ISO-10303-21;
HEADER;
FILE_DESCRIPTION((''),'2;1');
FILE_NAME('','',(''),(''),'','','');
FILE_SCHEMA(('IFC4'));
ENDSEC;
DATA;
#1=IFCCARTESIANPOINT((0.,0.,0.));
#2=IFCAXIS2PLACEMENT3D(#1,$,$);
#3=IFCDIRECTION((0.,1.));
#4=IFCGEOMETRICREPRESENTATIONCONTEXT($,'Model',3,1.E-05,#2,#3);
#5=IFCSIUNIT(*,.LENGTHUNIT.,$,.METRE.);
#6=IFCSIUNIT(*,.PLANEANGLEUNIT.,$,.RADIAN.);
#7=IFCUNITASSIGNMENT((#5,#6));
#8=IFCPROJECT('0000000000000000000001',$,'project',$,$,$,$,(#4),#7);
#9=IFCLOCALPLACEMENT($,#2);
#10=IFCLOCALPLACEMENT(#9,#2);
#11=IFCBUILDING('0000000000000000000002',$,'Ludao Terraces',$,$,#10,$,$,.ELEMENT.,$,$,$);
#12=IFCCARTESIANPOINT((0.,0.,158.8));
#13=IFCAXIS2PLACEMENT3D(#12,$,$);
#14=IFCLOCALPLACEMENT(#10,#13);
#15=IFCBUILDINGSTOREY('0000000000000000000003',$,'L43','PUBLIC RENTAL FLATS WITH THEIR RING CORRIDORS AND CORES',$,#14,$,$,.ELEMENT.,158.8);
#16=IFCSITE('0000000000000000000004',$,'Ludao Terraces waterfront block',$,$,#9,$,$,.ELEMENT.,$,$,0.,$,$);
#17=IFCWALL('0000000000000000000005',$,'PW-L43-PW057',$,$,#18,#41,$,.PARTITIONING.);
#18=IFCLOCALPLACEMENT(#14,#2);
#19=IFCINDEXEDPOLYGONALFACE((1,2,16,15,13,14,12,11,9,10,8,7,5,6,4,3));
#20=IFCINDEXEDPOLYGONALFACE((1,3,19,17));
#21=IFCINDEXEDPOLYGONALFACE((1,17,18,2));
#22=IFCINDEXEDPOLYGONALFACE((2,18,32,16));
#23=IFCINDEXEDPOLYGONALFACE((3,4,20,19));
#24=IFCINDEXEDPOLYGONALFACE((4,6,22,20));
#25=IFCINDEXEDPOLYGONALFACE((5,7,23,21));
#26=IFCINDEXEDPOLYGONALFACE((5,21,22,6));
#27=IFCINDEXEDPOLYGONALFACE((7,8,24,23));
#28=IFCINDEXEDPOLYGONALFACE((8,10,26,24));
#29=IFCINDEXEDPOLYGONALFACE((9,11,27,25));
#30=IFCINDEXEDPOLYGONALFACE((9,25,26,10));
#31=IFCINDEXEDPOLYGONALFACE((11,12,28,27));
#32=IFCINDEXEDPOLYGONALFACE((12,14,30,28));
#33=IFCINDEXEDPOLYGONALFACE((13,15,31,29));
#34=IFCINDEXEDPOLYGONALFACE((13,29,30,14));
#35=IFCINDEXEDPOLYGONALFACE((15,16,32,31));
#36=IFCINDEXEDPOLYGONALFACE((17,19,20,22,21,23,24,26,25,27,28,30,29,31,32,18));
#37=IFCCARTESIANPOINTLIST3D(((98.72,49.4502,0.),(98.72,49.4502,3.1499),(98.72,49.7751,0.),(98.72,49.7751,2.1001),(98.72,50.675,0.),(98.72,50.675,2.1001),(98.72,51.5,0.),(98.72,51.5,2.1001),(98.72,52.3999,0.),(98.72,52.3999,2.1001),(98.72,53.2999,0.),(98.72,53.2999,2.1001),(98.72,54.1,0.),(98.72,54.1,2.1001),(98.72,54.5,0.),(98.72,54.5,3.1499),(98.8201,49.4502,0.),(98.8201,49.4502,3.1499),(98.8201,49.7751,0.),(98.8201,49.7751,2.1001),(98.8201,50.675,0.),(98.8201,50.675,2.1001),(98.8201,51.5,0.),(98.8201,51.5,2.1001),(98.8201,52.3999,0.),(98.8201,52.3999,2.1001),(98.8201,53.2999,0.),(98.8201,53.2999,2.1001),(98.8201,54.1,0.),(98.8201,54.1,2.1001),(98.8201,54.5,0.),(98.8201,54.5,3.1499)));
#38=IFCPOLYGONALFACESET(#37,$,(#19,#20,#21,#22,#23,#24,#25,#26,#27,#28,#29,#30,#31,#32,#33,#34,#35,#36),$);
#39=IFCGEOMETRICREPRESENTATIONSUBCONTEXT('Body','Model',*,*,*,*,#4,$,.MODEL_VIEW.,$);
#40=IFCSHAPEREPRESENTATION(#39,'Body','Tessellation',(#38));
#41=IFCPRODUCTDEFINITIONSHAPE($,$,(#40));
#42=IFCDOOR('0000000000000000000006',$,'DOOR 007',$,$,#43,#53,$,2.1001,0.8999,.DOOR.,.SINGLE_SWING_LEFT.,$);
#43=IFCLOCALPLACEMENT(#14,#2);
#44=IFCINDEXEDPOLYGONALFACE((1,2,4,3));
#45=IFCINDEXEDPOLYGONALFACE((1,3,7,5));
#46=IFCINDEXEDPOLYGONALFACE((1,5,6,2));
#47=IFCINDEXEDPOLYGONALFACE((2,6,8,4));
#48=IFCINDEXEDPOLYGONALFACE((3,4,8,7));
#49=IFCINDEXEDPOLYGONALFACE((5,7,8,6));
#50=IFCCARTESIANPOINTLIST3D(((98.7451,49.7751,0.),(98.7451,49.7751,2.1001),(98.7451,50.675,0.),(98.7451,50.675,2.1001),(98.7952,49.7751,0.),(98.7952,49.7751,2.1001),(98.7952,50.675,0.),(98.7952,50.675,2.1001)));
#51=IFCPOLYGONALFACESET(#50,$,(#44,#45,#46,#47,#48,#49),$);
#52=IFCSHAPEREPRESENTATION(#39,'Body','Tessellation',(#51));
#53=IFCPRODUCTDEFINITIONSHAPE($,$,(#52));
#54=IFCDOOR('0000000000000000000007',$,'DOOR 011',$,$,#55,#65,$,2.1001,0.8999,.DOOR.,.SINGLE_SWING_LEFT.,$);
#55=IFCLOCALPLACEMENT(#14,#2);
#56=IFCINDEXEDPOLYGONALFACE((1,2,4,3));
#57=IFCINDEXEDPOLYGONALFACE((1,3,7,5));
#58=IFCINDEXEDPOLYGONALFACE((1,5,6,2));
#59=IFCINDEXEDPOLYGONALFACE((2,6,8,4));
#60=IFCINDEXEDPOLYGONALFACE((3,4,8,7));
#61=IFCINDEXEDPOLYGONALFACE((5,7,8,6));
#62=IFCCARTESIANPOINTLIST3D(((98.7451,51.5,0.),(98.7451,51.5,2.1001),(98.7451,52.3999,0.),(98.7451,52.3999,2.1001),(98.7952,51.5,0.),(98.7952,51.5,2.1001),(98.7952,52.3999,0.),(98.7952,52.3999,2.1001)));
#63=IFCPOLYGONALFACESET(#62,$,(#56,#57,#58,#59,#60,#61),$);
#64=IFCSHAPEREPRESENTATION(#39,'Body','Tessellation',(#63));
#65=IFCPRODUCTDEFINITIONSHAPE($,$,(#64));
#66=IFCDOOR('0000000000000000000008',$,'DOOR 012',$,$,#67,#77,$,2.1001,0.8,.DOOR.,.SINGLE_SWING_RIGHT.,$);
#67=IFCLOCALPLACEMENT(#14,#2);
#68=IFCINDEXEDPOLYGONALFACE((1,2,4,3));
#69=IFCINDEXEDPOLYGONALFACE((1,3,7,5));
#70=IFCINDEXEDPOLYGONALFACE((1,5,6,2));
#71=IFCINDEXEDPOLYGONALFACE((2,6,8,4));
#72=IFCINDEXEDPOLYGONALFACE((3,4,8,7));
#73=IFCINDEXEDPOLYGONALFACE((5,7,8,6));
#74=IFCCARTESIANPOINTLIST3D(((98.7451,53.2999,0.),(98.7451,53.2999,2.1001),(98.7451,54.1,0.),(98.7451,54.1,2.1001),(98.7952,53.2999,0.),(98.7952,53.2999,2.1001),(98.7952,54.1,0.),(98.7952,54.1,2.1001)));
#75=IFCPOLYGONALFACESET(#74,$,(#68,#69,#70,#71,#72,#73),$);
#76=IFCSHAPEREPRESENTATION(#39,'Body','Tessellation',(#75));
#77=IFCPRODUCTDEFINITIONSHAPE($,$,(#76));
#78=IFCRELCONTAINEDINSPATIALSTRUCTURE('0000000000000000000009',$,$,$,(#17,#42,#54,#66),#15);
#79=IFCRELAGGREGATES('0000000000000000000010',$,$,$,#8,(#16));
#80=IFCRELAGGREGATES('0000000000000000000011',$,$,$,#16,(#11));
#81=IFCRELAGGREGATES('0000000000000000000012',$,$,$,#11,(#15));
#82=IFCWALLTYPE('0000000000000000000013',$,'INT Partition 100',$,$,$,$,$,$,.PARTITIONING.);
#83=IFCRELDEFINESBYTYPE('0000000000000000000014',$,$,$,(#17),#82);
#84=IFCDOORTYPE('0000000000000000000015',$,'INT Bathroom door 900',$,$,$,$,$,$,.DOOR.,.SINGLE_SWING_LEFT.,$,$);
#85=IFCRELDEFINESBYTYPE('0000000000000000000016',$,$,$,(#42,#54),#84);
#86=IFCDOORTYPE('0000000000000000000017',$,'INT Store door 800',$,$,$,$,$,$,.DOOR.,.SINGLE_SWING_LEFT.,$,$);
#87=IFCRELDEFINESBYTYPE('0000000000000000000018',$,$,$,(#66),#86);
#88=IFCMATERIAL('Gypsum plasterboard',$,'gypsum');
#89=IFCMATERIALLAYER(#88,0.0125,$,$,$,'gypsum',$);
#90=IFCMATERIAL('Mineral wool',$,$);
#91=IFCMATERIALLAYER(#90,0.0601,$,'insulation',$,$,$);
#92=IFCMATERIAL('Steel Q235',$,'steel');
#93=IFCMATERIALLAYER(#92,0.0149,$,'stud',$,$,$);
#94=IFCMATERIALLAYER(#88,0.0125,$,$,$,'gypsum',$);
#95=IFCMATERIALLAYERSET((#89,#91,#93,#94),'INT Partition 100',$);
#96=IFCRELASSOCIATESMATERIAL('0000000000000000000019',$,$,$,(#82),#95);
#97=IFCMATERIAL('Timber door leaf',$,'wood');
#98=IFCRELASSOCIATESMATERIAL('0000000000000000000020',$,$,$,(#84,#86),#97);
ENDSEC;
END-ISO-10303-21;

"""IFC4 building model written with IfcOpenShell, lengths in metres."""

from ifc_helpers import new_model, si_unit, direction, frame, frame_2d, origin, place, context, subcontext, project, spatial, rectangle, extrude, material, layer, layer_set, type_object, element, fill, save


model = new_model("IFC4")

# Units and contexts
model_context = context("Model", 3, precision=1e-05, world=origin(), true_north=direction((0.0, 1.0)))
body_context = subcontext(model_context, "Body", "Model", "MODEL_VIEW")
ifc_project = project(units=[si_unit("LENGTHUNIT", "METRE"), si_unit("PLANEANGLEUNIT", "RADIAN")], contexts=[model_context])

# Site, building, storey
site_placement = place(None, origin())
site = spatial("IfcSite", under=ifc_project, at=site_placement, Name="Ludao Terraces waterfront block", CompositionType="ELEMENT", RefElevation=0.0)
building_placement = place(site_placement, origin())
building = spatial("IfcBuilding", under=site, at=building_placement, Name="Ludao Terraces", CompositionType="ELEMENT")
storey_placement = place(building_placement, frame((0.0, 0.0, 158.8)))
storey = spatial("IfcBuildingStorey", under=building, at=storey_placement, Name="L43", Description="PUBLIC RENTAL FLATS WITH THEIR RING CORRIDORS AND CORES", CompositionType="ELEMENT", Elevation=158.8)

# Shared definitions
ifc_material_1 = material(Name="Mineral wool")

# Shared definitions
ifc_material_2 = material(Name="Steel Q235", Category="steel")

# Shared definitions
ifc_material_3 = material(Name="Gypsum plasterboard", Category="gypsum")
ifc_layer_1 = layer(ifc_material_3, 0.0125, Category="gypsum")
ifc_layer_2 = layer(ifc_material_1, 0.0601, Name="insulation")
ifc_layer_3 = layer(ifc_material_2, 0.0149, Name="stud")
ifc_layer_4 = layer(ifc_material_3, 0.0125, Category="gypsum")
ifc_layer_set_1 = layer_set([ifc_layer_1, ifc_layer_2, ifc_layer_3, ifc_layer_4], Name="INT Partition 100")
wall_type_1 = type_object("IfcWallType", Name="INT Partition 100", PredefinedType="PARTITIONING", material=ifc_layer_set_1)

# Wall, openings, doors
wall_1_placement = place(storey_placement, frame((98.77, 49.4502, 0.0), z_axis=(0.0, 0.0, 1.0), x_axis=(0.0, 1.0, 0.0)))
wall_1 = element("IfcWall", 1, at=wall_1_placement, inside=storey, type_object=wall_type_1, Name="PW-L43-PW057", PredefinedType="PARTITIONING", context=body_context, shape_type="SweptSolid", body=[
    extrude(rectangle(XDim=5.0498, YDim=0.1001, at=frame_2d((2.5249, 0.0))), origin(), (0.0, 0.0, 1.0), 3.1499),
])
opening_1_placement = place(wall_1_placement, frame((0.325, 0.0, 0.0)))
opening_1 = element("IfcOpeningElement", 2, at=opening_1_placement, cuts=wall_1, PredefinedType="OPENING", context=body_context, shape_type="SweptSolid", body=[
    extrude(rectangle(XDim=0.8999, YDim=2.1001, at=frame_2d((0.45, 1.05))), frame((0.0, 0.0601, 0.0), z_axis=(0.0, -1.0, 0.0), x_axis=(1.0, 0.0, 0.0)), (0.0, 0.0, 1.0), 0.1201),
])
opening_2_placement = place(wall_1_placement, frame((2.0498, 0.0, 0.0)))
opening_2 = element("IfcOpeningElement", 3, at=opening_2_placement, cuts=wall_1, PredefinedType="OPENING", context=body_context, shape_type="SweptSolid", body=[
    extrude(rectangle(XDim=0.8999, YDim=2.1001, at=frame_2d((0.45, 1.05))), frame((0.0, 0.0601, 0.0), z_axis=(0.0, -1.0, 0.0), x_axis=(1.0, 0.0, 0.0)), (0.0, 0.0, 1.0), 0.1201),
])
opening_3_placement = place(wall_1_placement, frame((3.8499, 0.0, 0.0)))
opening_3 = element("IfcOpeningElement", 4, at=opening_3_placement, cuts=wall_1, PredefinedType="OPENING", context=body_context, shape_type="SweptSolid", body=[
    extrude(rectangle(XDim=0.8, YDim=2.1001, at=frame_2d((0.3999, 1.05))), frame((0.0, 0.0601, 0.0), z_axis=(0.0, -1.0, 0.0), x_axis=(1.0, 0.0, 0.0)), (0.0, 0.0, 1.0), 0.1201),
])
ifc_material_4 = material(Name="Timber door leaf", Category="wood")
door_type_1 = type_object("IfcDoorType", Name="INT Bathroom door 900", OperationType="SINGLE_SWING_LEFT", PredefinedType="DOOR", material=ifc_material_4)
door_1_placement = place(opening_1_placement, origin())
door_1 = element("IfcDoor", 5, at=door_1_placement, inside=storey, type_object=door_type_1, Name="DOOR 007", OperationType="SINGLE_SWING_LEFT", OverallHeight=2.1001, OverallWidth=0.8999, PredefinedType="DOOR", context=body_context, shape_type="SweptSolid", body=[
    extrude(rectangle(XDim=0.8999, YDim=2.1001, at=frame_2d((0.45, 1.05))), frame((0.0, 0.0249, 0.0), z_axis=(0.0, -1.0, 0.0), x_axis=(1.0, 0.0, 0.0)), (0.0, 0.0, 1.0), 0.05),
])
fill(opening_1, door_1)
door_2_placement = place(opening_2_placement, origin())
door_2 = element("IfcDoor", 6, at=door_2_placement, inside=storey, type_object=door_type_1, Name="DOOR 011", OperationType="SINGLE_SWING_LEFT", OverallHeight=2.1001, OverallWidth=0.8999, PredefinedType="DOOR", context=body_context, shape_type="SweptSolid", body=[
    extrude(rectangle(XDim=0.8999, YDim=2.1001, at=frame_2d((0.45, 1.05))), frame((0.0, 0.0249, 0.0), z_axis=(0.0, -1.0, 0.0), x_axis=(1.0, 0.0, 0.0)), (0.0, 0.0, 1.0), 0.05),
])
fill(opening_2, door_2)
door_type_2 = type_object("IfcDoorType", Name="INT Store door 800", OperationType="SINGLE_SWING_LEFT", PredefinedType="DOOR", material=ifc_material_4)
door_3_placement = place(opening_3_placement, origin())
door_3 = element("IfcDoor", 7, at=door_3_placement, inside=storey, type_object=door_type_2, Name="DOOR 012", OperationType="SINGLE_SWING_RIGHT", OverallHeight=2.1001, OverallWidth=0.8, PredefinedType="DOOR", context=body_context, shape_type="SweptSolid", body=[
    extrude(rectangle(XDim=0.8, YDim=2.1001, at=frame_2d((0.3999, 1.05))), frame((0.0, 0.0249, 0.0), z_axis=(0.0, -1.0, 0.0), x_axis=(1.0, 0.0, 0.0)), (0.0, 0.0, 1.0), 0.05),
])
fill(opening_3, door_3)

save(model, "model.ifc")
